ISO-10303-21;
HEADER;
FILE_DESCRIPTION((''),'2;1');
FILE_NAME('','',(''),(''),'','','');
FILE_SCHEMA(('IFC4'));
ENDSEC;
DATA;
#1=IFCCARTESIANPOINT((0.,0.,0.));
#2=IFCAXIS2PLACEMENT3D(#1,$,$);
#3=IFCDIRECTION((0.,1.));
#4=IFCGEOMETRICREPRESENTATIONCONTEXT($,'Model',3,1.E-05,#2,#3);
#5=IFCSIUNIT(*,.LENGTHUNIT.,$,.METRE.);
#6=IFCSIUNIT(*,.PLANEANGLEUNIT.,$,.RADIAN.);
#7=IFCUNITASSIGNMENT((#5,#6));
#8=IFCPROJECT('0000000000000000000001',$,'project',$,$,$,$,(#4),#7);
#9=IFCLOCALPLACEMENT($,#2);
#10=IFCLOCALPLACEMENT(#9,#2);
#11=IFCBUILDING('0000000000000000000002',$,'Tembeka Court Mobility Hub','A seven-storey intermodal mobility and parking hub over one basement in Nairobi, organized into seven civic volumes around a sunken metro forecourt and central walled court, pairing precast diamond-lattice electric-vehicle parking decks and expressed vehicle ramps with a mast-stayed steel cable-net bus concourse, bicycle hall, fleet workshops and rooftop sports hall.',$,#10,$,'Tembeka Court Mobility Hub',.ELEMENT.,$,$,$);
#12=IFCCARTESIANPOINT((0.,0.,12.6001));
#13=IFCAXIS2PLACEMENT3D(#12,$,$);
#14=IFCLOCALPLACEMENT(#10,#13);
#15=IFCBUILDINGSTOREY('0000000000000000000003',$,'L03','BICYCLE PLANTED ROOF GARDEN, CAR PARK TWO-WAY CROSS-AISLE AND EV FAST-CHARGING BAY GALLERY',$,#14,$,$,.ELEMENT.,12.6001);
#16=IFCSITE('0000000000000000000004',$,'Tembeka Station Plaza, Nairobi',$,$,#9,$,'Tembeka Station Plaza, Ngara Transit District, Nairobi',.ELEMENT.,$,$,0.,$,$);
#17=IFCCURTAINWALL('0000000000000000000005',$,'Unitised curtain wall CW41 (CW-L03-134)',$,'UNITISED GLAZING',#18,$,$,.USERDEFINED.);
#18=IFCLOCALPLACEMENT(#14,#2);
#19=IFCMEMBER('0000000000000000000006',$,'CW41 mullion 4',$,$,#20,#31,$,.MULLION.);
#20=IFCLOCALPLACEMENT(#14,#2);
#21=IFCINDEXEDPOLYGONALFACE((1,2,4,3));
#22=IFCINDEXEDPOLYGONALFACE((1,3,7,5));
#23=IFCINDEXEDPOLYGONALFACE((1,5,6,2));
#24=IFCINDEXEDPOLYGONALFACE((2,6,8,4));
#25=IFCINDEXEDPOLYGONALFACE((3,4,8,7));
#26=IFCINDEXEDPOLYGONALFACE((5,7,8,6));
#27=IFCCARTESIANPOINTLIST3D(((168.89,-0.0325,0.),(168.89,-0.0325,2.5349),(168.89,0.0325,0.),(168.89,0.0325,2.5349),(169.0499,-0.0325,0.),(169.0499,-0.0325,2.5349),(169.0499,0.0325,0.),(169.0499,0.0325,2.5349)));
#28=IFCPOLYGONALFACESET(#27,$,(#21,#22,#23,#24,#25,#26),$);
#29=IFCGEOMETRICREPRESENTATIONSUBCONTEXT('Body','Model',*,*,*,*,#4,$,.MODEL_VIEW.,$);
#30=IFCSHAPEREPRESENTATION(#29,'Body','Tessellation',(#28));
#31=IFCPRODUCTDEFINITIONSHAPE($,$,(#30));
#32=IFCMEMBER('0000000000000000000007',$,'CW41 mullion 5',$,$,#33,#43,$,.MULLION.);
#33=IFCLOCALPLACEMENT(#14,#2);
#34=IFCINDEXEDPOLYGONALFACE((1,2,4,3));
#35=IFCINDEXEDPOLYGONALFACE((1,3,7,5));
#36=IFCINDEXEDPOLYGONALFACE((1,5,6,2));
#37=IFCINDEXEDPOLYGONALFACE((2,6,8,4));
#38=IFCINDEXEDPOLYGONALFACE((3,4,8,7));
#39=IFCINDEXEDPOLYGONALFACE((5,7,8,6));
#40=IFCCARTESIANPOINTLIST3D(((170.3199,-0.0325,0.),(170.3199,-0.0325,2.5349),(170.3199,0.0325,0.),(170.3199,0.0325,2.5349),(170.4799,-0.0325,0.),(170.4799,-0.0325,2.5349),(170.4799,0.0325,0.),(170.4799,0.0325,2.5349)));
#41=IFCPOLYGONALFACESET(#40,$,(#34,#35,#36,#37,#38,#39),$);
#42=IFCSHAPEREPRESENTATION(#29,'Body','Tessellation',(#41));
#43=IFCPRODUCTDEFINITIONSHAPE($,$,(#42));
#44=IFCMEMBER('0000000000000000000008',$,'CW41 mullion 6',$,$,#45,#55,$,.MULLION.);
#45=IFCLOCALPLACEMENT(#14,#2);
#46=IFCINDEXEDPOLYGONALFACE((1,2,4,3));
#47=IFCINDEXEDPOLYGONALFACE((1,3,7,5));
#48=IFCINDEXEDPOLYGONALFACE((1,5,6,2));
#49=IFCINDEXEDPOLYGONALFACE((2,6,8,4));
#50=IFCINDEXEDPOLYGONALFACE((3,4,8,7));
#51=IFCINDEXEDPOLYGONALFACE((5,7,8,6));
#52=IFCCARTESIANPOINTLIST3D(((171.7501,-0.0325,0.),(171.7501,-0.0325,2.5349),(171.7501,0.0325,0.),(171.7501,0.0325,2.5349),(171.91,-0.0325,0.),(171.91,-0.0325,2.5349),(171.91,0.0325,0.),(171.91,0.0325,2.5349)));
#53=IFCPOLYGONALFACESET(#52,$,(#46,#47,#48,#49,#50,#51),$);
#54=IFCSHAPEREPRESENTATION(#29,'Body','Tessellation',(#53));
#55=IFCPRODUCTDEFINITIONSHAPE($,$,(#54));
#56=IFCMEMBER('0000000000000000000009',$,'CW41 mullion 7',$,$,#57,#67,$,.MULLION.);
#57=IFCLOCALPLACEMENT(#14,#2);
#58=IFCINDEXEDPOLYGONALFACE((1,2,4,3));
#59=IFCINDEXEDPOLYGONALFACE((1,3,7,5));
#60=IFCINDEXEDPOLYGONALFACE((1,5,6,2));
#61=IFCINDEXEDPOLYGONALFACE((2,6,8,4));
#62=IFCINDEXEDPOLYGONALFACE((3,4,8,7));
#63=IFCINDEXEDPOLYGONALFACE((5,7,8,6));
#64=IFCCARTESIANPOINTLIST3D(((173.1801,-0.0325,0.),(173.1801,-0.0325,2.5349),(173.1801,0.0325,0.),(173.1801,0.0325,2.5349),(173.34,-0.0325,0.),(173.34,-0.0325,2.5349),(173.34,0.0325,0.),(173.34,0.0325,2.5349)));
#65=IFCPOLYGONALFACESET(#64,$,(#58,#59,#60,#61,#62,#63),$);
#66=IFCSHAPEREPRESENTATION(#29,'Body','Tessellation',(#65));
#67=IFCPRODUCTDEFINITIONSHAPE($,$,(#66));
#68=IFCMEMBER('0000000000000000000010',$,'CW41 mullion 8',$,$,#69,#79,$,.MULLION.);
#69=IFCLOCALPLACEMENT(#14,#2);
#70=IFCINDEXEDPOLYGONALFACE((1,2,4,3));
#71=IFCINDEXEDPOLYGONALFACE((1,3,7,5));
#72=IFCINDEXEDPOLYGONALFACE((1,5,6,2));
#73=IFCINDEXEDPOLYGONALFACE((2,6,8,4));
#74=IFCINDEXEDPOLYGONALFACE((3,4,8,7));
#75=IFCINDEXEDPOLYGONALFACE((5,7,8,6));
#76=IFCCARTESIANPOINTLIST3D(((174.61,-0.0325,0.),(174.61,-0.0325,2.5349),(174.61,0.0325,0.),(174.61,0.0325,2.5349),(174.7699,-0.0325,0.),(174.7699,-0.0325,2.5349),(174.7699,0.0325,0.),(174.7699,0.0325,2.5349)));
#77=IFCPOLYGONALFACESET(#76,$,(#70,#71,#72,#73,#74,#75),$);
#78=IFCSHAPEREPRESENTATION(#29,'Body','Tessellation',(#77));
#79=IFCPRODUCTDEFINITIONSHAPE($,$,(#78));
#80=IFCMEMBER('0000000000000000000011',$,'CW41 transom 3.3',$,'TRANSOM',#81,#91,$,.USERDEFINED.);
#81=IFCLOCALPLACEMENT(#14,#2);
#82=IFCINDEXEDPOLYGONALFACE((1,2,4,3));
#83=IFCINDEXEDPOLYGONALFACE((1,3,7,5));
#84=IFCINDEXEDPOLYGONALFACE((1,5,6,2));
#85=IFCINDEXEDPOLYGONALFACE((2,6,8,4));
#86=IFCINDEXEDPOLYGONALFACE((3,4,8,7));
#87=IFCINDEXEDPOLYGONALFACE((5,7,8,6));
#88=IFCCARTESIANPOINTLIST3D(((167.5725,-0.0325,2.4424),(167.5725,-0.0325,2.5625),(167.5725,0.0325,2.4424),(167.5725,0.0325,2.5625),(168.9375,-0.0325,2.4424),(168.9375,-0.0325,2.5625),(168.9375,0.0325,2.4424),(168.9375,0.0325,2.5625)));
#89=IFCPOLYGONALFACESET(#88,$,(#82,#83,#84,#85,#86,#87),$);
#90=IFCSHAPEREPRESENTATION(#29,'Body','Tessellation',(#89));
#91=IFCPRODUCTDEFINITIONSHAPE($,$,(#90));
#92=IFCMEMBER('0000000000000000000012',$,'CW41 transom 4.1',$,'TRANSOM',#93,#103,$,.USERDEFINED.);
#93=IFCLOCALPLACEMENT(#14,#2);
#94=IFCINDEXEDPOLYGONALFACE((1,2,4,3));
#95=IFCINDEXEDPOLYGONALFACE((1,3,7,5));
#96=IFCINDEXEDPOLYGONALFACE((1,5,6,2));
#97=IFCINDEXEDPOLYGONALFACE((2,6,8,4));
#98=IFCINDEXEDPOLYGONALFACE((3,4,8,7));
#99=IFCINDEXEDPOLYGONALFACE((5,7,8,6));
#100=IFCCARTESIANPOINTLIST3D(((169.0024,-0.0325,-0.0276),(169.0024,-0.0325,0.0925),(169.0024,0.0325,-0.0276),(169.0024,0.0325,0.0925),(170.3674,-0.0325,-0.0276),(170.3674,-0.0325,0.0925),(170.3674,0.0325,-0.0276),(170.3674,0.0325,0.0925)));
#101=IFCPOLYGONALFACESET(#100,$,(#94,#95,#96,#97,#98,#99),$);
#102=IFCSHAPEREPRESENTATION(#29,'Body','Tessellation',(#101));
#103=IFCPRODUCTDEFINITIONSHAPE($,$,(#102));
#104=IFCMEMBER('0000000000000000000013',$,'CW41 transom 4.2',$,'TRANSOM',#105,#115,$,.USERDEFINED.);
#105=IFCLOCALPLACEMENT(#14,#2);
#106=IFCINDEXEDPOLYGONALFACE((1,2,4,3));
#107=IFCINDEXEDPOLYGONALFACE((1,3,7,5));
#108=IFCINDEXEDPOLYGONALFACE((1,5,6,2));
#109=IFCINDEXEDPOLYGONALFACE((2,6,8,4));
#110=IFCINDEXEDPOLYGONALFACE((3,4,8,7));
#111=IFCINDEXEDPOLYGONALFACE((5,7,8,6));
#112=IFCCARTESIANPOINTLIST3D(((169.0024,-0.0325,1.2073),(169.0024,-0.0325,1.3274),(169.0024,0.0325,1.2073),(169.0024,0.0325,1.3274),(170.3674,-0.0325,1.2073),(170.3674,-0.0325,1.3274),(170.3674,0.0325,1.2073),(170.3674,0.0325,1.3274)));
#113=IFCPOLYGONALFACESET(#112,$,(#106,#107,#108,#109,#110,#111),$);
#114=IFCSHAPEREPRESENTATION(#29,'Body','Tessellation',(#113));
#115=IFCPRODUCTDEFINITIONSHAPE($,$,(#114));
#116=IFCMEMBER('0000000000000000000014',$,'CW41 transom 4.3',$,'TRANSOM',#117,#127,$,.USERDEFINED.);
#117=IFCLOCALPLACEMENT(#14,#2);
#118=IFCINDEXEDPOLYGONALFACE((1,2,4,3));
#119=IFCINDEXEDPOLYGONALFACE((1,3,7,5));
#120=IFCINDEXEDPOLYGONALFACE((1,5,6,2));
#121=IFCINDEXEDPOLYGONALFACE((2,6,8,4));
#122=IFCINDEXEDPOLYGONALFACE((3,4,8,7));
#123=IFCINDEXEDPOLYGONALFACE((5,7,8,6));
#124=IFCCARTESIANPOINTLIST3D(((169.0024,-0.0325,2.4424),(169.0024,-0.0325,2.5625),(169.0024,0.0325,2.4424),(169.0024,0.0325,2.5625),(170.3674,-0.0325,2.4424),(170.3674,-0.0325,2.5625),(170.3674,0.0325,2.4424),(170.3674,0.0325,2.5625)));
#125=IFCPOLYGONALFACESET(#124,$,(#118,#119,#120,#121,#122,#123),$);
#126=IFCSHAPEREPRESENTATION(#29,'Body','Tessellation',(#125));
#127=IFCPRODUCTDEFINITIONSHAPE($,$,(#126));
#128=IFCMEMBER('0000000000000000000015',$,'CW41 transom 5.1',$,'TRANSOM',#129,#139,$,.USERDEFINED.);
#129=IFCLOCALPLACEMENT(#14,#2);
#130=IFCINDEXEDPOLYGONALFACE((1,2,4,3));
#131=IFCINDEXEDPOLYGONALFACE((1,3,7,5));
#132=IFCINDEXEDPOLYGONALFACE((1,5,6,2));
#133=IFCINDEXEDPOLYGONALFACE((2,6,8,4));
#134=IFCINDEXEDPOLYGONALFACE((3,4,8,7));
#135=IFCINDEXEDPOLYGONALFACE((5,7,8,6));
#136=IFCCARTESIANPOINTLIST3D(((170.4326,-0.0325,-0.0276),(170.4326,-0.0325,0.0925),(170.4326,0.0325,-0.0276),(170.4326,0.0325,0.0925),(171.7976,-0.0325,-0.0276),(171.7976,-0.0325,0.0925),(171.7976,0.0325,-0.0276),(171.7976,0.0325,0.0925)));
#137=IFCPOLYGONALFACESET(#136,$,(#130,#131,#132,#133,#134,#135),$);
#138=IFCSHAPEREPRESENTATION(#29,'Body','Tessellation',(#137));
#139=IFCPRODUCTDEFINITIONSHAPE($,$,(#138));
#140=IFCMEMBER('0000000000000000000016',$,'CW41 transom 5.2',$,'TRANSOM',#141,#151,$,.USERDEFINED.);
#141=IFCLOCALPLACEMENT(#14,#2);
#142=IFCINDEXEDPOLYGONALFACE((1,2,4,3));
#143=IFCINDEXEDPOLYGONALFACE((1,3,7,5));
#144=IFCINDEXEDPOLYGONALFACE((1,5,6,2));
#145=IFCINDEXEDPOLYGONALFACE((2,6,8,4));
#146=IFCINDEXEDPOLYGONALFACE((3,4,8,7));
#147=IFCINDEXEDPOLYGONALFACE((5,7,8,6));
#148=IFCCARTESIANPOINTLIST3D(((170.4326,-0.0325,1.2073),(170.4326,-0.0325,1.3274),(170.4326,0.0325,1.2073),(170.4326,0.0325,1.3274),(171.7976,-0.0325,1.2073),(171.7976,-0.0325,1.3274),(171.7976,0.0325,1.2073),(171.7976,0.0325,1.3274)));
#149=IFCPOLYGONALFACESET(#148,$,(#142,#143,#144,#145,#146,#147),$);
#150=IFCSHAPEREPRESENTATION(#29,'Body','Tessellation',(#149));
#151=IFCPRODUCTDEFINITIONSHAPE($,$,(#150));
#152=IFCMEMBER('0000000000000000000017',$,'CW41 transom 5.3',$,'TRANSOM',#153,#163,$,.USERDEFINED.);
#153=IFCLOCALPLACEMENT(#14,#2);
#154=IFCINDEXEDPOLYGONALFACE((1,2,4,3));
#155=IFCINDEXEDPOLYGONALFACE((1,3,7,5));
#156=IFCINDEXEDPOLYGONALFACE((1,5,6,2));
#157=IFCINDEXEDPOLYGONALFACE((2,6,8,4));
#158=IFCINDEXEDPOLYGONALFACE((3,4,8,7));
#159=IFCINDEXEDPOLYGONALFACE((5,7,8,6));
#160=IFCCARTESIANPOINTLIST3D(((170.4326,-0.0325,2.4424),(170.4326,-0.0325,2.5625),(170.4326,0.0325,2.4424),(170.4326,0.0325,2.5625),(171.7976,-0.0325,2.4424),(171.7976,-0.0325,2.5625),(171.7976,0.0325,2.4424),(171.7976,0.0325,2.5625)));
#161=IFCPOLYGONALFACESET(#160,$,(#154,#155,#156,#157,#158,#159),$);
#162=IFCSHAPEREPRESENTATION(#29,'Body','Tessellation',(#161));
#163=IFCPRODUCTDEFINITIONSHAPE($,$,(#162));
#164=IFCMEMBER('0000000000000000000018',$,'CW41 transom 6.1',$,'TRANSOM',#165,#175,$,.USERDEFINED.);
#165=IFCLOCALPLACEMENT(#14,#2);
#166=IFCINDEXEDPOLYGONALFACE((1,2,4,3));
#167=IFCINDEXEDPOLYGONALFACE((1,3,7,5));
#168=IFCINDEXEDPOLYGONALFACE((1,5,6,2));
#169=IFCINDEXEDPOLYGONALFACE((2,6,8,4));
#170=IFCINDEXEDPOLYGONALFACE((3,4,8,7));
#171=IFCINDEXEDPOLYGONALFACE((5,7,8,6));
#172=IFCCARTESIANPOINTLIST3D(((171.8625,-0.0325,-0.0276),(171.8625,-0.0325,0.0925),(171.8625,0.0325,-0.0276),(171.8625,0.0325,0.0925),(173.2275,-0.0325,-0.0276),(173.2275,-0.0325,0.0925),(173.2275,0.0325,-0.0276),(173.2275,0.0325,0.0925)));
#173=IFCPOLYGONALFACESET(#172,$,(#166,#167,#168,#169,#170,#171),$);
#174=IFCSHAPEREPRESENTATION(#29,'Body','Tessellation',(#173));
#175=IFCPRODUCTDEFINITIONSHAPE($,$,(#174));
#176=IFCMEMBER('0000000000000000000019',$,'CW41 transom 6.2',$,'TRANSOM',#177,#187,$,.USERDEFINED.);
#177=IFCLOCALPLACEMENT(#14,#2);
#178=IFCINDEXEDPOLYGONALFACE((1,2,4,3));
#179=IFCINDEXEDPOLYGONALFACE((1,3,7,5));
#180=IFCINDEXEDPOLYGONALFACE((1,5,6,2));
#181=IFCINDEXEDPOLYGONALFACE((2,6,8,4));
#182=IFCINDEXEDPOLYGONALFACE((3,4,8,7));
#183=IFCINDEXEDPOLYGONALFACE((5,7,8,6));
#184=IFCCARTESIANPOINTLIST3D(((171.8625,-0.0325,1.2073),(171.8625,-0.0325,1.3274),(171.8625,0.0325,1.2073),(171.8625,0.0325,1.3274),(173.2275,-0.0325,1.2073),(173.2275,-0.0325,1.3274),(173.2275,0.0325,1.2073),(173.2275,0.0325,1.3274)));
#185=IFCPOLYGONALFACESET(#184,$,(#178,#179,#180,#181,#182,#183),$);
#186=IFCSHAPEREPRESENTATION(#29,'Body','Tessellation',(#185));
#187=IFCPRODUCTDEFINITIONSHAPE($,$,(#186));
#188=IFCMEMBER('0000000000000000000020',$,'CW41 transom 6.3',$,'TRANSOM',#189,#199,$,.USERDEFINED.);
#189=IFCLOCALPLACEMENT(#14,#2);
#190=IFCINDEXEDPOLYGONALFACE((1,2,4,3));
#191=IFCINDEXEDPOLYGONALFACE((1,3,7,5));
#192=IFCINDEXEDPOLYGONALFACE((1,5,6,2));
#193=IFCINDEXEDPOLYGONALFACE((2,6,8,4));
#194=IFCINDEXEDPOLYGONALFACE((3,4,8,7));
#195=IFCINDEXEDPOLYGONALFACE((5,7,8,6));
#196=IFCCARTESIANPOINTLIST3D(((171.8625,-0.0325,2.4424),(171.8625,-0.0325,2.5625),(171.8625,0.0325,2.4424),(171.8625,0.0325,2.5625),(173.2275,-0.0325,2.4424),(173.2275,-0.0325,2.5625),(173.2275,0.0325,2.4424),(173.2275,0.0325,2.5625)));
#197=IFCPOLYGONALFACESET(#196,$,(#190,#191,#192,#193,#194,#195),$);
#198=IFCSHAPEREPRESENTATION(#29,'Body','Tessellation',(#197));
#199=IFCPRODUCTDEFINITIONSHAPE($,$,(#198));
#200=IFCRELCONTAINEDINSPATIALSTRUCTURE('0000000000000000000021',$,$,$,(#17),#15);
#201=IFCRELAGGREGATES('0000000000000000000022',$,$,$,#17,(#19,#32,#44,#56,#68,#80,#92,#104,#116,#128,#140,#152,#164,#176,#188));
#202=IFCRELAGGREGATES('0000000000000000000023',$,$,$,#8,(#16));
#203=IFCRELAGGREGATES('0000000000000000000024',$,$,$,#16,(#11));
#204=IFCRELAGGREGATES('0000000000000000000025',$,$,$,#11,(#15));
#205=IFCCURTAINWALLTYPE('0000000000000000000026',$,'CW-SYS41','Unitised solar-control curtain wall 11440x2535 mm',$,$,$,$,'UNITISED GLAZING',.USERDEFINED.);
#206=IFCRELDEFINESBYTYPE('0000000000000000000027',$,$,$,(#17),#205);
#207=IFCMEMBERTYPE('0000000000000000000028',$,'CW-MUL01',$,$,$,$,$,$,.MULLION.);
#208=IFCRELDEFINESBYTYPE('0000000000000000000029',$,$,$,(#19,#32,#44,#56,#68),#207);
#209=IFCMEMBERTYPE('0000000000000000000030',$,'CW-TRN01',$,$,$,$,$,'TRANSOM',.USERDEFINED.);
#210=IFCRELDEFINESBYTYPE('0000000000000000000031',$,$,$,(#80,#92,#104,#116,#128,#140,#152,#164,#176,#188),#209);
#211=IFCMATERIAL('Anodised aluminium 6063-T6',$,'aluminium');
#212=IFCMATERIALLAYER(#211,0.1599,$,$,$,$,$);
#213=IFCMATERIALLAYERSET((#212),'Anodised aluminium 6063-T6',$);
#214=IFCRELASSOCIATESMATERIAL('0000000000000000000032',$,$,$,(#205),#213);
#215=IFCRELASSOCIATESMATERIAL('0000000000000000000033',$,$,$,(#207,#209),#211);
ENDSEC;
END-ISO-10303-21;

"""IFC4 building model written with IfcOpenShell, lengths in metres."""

from ifc_helpers import new_model, si_unit, direction, frame, origin, origin_2d, place, context, subcontext, project, spatial, rectangle, extrude, material, layer, layer_set, material_profile, profile_set, type_object, element, aggregate, save


model = new_model("IFC4")

# Units and contexts
model_context = context("Model", 3, precision=1e-05, world=origin(), true_north=direction((0.0, 1.0)))
body_context = subcontext(model_context, "Body", "Model", "MODEL_VIEW")
ifc_project = project(units=[si_unit("LENGTHUNIT", "METRE"), si_unit("PLANEANGLEUNIT", "RADIAN")], contexts=[model_context])

# Site, building, storey
site_placement = place(None, origin())
site = spatial("IfcSite", under=ifc_project, at=site_placement, Name="Tembeka Station Plaza, Nairobi", LongName="Tembeka Station Plaza, Ngara Transit District, Nairobi", CompositionType="ELEMENT", RefElevation=0.0)
building_placement = place(site_placement, origin())
building = spatial("IfcBuilding", under=site, at=building_placement, Name="Tembeka Court Mobility Hub", Description="A seven-storey intermodal mobility and parking hub over one basement in Nairobi, organized into seven civic volumes around a sunken metro forecourt and central walled court, pairing precast diamond-lattice electric-vehicle parking decks and expressed vehicle ramps with a mast-stayed steel cable-net bus concourse, bicycle hall, fleet workshops and rooftop sports hall.", LongName="Tembeka Court Mobility Hub", CompositionType="ELEMENT")
storey_placement = place(building_placement, frame((0.0, 0.0, 12.6001)))
storey = spatial("IfcBuildingStorey", under=building, at=storey_placement, Name="L03", Description="BICYCLE PLANTED ROOF GARDEN, CAR PARK TWO-WAY CROSS-AISLE AND EV FAST-CHARGING BAY GALLERY", CompositionType="ELEMENT", Elevation=12.6001)

# Curtain wall, members
ifc_material_1 = material(Name="Anodised aluminium 6063-T6", Category="aluminium")
ifc_layer_1 = layer(ifc_material_1, 0.1599)
ifc_layer_set_1 = layer_set([ifc_layer_1], Name="Anodised aluminium 6063-T6")
curtain_wall_type = type_object("IfcCurtainWallType", Name="CW-SYS41", Description="Unitised solar-control curtain wall 11440x2535 mm", ElementType="UNITISED GLAZING", PredefinedType="USERDEFINED", material=ifc_layer_set_1)
curtain_wall_placement = place(storey_placement, origin())
curtain_wall = element("IfcCurtainWall", 1, at=curtain_wall_placement, inside=storey, type_object=curtain_wall_type, Name="Unitised curtain wall CW41 (CW-L03-134)", ObjectType="UNITISED GLAZING", PredefinedType="USERDEFINED")
ifc_material_profile_1 = material_profile(ifc_material_1, rectangle(XDim=0.0649, YDim=0.1599, at=origin_2d()), Name="ALU-MUL 65x160")
ifc_profile_set_1 = profile_set([ifc_material_profile_1], Name="Anodised aluminium 6063-T6")
member_type_1 = type_object("IfcMemberType", Name="CW-MUL01", PredefinedType="MULLION", material=ifc_profile_set_1)
member_1_placement = place(storey_placement, frame((168.97, 0.0, 0.0), z_axis=(0.0, 0.0, 1.0), x_axis=(0.0, 1.0, 0.0)))
member_1 = element("IfcMember", 2, at=member_1_placement, type_object=member_type_1, Name="CW41 mullion 4", PredefinedType="MULLION", context=body_context, shape_type="SweptSolid", body=[
    extrude(rectangle(XDim=0.0649, YDim=0.1599, at=origin_2d()), origin(), (0.0, 0.0, 1.0), 2.5349),
])
member_2_placement = place(storey_placement, frame((170.3999, 0.0, 0.0), z_axis=(0.0, 0.0, 1.0), x_axis=(0.0, 1.0, 0.0)))
member_2 = element("IfcMember", 3, at=member_2_placement, type_object=member_type_1, Name="CW41 mullion 5", PredefinedType="MULLION", context=body_context, shape_type="SweptSolid", body=[
    extrude(rectangle(XDim=0.0649, YDim=0.1599, at=origin_2d()), origin(), (0.0, 0.0, 1.0), 2.5349),
])
member_3_placement = place(storey_placement, frame((171.8301, 0.0, 0.0), z_axis=(0.0, 0.0, 1.0), x_axis=(0.0, 1.0, 0.0)))
member_3 = element("IfcMember", 4, at=member_3_placement, type_object=member_type_1, Name="CW41 mullion 6", PredefinedType="MULLION", context=body_context, shape_type="SweptSolid", body=[
    extrude(rectangle(XDim=0.0649, YDim=0.1599, at=origin_2d()), origin(), (0.0, 0.0, 1.0), 2.5349),
])
member_4_placement = place(storey_placement, frame((173.26, 0.0, 0.0), z_axis=(0.0, 0.0, 1.0), x_axis=(0.0, 1.0, 0.0)))
member_4 = element("IfcMember", 5, at=member_4_placement, type_object=member_type_1, Name="CW41 mullion 7", PredefinedType="MULLION", context=body_context, shape_type="SweptSolid", body=[
    extrude(rectangle(XDim=0.0649, YDim=0.1599, at=origin_2d()), origin(), (0.0, 0.0, 1.0), 2.5349),
])
member_5_placement = place(storey_placement, frame((174.6899, 0.0, 0.0), z_axis=(0.0, 0.0, 1.0), x_axis=(0.0, 1.0, 0.0)))
member_5 = element("IfcMember", 6, at=member_5_placement, type_object=member_type_1, Name="CW41 mullion 8", PredefinedType="MULLION", context=body_context, shape_type="SweptSolid", body=[
    extrude(rectangle(XDim=0.0649, YDim=0.1599, at=origin_2d()), origin(), (0.0, 0.0, 1.0), 2.5349),
])
ifc_material_profile_2 = material_profile(ifc_material_1, rectangle(XDim=0.0649, YDim=0.1201, at=origin_2d()), Name="ALU-TRN 65x120")
ifc_profile_set_2 = profile_set([ifc_material_profile_2], Name="Anodised aluminium 6063-T6")
member_type_2 = type_object("IfcMemberType", Name="CW-TRN01", ElementType="TRANSOM", PredefinedType="USERDEFINED", material=ifc_profile_set_2)
member_6_placement = place(storey_placement, frame((167.5725, 0.0, 2.5024), z_axis=(1.0, 0.0, 0.0), x_axis=(0.0, 1.0, 0.0)))
member_6 = element("IfcMember", 7, at=member_6_placement, type_object=member_type_2, Name="CW41 transom 3.3", ObjectType="TRANSOM", PredefinedType="USERDEFINED", context=body_context, shape_type="SweptSolid", body=[
    extrude(rectangle(XDim=0.0649, YDim=0.1201, at=origin_2d()), origin(), (0.0, 0.0, 1.0), 1.365),
])
member_7_placement = place(storey_placement, frame((169.0024, 0.0, 0.0325), z_axis=(1.0, 0.0, 0.0), x_axis=(0.0, 1.0, 0.0)))
member_7 = element("IfcMember", 8, at=member_7_placement, type_object=member_type_2, Name="CW41 transom 4.1", ObjectType="TRANSOM", PredefinedType="USERDEFINED", context=body_context, shape_type="SweptSolid", body=[
    extrude(rectangle(XDim=0.0649, YDim=0.1201, at=origin_2d()), origin(), (0.0, 0.0, 1.0), 1.365),
])
member_8_placement = place(storey_placement, frame((169.0024, 0.0, 1.2673), z_axis=(1.0, 0.0, 0.0), x_axis=(0.0, 1.0, 0.0)))
member_8 = element("IfcMember", 9, at=member_8_placement, type_object=member_type_2, Name="CW41 transom 4.2", ObjectType="TRANSOM", PredefinedType="USERDEFINED", context=body_context, shape_type="SweptSolid", body=[
    extrude(rectangle(XDim=0.0649, YDim=0.1201, at=origin_2d()), origin(), (0.0, 0.0, 1.0), 1.365),
])
member_9_placement = place(storey_placement, frame((169.0024, 0.0, 2.5024), z_axis=(1.0, 0.0, 0.0), x_axis=(0.0, 1.0, 0.0)))
member_9 = element("IfcMember", 10, at=member_9_placement, type_object=member_type_2, Name="CW41 transom 4.3", ObjectType="TRANSOM", PredefinedType="USERDEFINED", context=body_context, shape_type="SweptSolid", body=[
    extrude(rectangle(XDim=0.0649, YDim=0.1201, at=origin_2d()), origin(), (0.0, 0.0, 1.0), 1.365),
])
member_10_placement = place(storey_placement, frame((170.4326, 0.0, 0.0325), z_axis=(1.0, 0.0, 0.0), x_axis=(0.0, 1.0, 0.0)))
member_10 = element("IfcMember", 11, at=member_10_placement, type_object=member_type_2, Name="CW41 transom 5.1", ObjectType="TRANSOM", PredefinedType="USERDEFINED", context=body_context, shape_type="SweptSolid", body=[
    extrude(rectangle(XDim=0.0649, YDim=0.1201, at=origin_2d()), origin(), (0.0, 0.0, 1.0), 1.365),
])
member_11_placement = place(storey_placement, frame((170.4326, 0.0, 1.2673), z_axis=(1.0, 0.0, 0.0), x_axis=(0.0, 1.0, 0.0)))
member_11 = element("IfcMember", 12, at=member_11_placement, type_object=member_type_2, Name="CW41 transom 5.2", ObjectType="TRANSOM", PredefinedType="USERDEFINED", context=body_context, shape_type="SweptSolid", body=[
    extrude(rectangle(XDim=0.0649, YDim=0.1201, at=origin_2d()), origin(), (0.0, 0.0, 1.0), 1.365),
])
member_12_placement = place(storey_placement, frame((170.4326, 0.0, 2.5024), z_axis=(1.0, 0.0, 0.0), x_axis=(0.0, 1.0, 0.0)))
member_12 = element("IfcMember", 13, at=member_12_placement, type_object=member_type_2, Name="CW41 transom 5.3", ObjectType="TRANSOM", PredefinedType="USERDEFINED", context=body_context, shape_type="SweptSolid", body=[
    extrude(rectangle(XDim=0.0649, YDim=0.1201, at=origin_2d()), origin(), (0.0, 0.0, 1.0), 1.365),
])
member_13_placement = place(storey_placement, frame((171.8625, 0.0, 0.0325), z_axis=(1.0, 0.0, 0.0), x_axis=(0.0, 1.0, 0.0)))
member_13 = element("IfcMember", 14, at=member_13_placement, type_object=member_type_2, Name="CW41 transom 6.1", ObjectType="TRANSOM", PredefinedType="USERDEFINED", context=body_context, shape_type="SweptSolid", body=[
    extrude(rectangle(XDim=0.0649, YDim=0.1201, at=origin_2d()), origin(), (0.0, 0.0, 1.0), 1.365),
])
member_14_placement = place(storey_placement, frame((171.8625, 0.0, 1.2673), z_axis=(1.0, 0.0, 0.0), x_axis=(0.0, 1.0, 0.0)))
member_14 = element("IfcMember", 15, at=member_14_placement, type_object=member_type_2, Name="CW41 transom 6.2", ObjectType="TRANSOM", PredefinedType="USERDEFINED", context=body_context, shape_type="SweptSolid", body=[
    extrude(rectangle(XDim=0.0649, YDim=0.1201, at=origin_2d()), origin(), (0.0, 0.0, 1.0), 1.365),
])
member_15_placement = place(storey_placement, frame((171.8625, 0.0, 2.5024), z_axis=(1.0, 0.0, 0.0), x_axis=(0.0, 1.0, 0.0)))
member_15 = element("IfcMember", 16, at=member_15_placement, type_object=member_type_2, Name="CW41 transom 6.3", ObjectType="TRANSOM", PredefinedType="USERDEFINED", context=body_context, shape_type="SweptSolid", body=[
    extrude(rectangle(XDim=0.0649, YDim=0.1201, at=origin_2d()), origin(), (0.0, 0.0, 1.0), 1.365),
])
aggregate(curtain_wall, [member_1, member_2, member_3, member_4, member_5, member_6, member_7, member_8, member_9, member_10, member_11, member_12, member_13, member_14, member_15])

save(model, "model.ifc")
